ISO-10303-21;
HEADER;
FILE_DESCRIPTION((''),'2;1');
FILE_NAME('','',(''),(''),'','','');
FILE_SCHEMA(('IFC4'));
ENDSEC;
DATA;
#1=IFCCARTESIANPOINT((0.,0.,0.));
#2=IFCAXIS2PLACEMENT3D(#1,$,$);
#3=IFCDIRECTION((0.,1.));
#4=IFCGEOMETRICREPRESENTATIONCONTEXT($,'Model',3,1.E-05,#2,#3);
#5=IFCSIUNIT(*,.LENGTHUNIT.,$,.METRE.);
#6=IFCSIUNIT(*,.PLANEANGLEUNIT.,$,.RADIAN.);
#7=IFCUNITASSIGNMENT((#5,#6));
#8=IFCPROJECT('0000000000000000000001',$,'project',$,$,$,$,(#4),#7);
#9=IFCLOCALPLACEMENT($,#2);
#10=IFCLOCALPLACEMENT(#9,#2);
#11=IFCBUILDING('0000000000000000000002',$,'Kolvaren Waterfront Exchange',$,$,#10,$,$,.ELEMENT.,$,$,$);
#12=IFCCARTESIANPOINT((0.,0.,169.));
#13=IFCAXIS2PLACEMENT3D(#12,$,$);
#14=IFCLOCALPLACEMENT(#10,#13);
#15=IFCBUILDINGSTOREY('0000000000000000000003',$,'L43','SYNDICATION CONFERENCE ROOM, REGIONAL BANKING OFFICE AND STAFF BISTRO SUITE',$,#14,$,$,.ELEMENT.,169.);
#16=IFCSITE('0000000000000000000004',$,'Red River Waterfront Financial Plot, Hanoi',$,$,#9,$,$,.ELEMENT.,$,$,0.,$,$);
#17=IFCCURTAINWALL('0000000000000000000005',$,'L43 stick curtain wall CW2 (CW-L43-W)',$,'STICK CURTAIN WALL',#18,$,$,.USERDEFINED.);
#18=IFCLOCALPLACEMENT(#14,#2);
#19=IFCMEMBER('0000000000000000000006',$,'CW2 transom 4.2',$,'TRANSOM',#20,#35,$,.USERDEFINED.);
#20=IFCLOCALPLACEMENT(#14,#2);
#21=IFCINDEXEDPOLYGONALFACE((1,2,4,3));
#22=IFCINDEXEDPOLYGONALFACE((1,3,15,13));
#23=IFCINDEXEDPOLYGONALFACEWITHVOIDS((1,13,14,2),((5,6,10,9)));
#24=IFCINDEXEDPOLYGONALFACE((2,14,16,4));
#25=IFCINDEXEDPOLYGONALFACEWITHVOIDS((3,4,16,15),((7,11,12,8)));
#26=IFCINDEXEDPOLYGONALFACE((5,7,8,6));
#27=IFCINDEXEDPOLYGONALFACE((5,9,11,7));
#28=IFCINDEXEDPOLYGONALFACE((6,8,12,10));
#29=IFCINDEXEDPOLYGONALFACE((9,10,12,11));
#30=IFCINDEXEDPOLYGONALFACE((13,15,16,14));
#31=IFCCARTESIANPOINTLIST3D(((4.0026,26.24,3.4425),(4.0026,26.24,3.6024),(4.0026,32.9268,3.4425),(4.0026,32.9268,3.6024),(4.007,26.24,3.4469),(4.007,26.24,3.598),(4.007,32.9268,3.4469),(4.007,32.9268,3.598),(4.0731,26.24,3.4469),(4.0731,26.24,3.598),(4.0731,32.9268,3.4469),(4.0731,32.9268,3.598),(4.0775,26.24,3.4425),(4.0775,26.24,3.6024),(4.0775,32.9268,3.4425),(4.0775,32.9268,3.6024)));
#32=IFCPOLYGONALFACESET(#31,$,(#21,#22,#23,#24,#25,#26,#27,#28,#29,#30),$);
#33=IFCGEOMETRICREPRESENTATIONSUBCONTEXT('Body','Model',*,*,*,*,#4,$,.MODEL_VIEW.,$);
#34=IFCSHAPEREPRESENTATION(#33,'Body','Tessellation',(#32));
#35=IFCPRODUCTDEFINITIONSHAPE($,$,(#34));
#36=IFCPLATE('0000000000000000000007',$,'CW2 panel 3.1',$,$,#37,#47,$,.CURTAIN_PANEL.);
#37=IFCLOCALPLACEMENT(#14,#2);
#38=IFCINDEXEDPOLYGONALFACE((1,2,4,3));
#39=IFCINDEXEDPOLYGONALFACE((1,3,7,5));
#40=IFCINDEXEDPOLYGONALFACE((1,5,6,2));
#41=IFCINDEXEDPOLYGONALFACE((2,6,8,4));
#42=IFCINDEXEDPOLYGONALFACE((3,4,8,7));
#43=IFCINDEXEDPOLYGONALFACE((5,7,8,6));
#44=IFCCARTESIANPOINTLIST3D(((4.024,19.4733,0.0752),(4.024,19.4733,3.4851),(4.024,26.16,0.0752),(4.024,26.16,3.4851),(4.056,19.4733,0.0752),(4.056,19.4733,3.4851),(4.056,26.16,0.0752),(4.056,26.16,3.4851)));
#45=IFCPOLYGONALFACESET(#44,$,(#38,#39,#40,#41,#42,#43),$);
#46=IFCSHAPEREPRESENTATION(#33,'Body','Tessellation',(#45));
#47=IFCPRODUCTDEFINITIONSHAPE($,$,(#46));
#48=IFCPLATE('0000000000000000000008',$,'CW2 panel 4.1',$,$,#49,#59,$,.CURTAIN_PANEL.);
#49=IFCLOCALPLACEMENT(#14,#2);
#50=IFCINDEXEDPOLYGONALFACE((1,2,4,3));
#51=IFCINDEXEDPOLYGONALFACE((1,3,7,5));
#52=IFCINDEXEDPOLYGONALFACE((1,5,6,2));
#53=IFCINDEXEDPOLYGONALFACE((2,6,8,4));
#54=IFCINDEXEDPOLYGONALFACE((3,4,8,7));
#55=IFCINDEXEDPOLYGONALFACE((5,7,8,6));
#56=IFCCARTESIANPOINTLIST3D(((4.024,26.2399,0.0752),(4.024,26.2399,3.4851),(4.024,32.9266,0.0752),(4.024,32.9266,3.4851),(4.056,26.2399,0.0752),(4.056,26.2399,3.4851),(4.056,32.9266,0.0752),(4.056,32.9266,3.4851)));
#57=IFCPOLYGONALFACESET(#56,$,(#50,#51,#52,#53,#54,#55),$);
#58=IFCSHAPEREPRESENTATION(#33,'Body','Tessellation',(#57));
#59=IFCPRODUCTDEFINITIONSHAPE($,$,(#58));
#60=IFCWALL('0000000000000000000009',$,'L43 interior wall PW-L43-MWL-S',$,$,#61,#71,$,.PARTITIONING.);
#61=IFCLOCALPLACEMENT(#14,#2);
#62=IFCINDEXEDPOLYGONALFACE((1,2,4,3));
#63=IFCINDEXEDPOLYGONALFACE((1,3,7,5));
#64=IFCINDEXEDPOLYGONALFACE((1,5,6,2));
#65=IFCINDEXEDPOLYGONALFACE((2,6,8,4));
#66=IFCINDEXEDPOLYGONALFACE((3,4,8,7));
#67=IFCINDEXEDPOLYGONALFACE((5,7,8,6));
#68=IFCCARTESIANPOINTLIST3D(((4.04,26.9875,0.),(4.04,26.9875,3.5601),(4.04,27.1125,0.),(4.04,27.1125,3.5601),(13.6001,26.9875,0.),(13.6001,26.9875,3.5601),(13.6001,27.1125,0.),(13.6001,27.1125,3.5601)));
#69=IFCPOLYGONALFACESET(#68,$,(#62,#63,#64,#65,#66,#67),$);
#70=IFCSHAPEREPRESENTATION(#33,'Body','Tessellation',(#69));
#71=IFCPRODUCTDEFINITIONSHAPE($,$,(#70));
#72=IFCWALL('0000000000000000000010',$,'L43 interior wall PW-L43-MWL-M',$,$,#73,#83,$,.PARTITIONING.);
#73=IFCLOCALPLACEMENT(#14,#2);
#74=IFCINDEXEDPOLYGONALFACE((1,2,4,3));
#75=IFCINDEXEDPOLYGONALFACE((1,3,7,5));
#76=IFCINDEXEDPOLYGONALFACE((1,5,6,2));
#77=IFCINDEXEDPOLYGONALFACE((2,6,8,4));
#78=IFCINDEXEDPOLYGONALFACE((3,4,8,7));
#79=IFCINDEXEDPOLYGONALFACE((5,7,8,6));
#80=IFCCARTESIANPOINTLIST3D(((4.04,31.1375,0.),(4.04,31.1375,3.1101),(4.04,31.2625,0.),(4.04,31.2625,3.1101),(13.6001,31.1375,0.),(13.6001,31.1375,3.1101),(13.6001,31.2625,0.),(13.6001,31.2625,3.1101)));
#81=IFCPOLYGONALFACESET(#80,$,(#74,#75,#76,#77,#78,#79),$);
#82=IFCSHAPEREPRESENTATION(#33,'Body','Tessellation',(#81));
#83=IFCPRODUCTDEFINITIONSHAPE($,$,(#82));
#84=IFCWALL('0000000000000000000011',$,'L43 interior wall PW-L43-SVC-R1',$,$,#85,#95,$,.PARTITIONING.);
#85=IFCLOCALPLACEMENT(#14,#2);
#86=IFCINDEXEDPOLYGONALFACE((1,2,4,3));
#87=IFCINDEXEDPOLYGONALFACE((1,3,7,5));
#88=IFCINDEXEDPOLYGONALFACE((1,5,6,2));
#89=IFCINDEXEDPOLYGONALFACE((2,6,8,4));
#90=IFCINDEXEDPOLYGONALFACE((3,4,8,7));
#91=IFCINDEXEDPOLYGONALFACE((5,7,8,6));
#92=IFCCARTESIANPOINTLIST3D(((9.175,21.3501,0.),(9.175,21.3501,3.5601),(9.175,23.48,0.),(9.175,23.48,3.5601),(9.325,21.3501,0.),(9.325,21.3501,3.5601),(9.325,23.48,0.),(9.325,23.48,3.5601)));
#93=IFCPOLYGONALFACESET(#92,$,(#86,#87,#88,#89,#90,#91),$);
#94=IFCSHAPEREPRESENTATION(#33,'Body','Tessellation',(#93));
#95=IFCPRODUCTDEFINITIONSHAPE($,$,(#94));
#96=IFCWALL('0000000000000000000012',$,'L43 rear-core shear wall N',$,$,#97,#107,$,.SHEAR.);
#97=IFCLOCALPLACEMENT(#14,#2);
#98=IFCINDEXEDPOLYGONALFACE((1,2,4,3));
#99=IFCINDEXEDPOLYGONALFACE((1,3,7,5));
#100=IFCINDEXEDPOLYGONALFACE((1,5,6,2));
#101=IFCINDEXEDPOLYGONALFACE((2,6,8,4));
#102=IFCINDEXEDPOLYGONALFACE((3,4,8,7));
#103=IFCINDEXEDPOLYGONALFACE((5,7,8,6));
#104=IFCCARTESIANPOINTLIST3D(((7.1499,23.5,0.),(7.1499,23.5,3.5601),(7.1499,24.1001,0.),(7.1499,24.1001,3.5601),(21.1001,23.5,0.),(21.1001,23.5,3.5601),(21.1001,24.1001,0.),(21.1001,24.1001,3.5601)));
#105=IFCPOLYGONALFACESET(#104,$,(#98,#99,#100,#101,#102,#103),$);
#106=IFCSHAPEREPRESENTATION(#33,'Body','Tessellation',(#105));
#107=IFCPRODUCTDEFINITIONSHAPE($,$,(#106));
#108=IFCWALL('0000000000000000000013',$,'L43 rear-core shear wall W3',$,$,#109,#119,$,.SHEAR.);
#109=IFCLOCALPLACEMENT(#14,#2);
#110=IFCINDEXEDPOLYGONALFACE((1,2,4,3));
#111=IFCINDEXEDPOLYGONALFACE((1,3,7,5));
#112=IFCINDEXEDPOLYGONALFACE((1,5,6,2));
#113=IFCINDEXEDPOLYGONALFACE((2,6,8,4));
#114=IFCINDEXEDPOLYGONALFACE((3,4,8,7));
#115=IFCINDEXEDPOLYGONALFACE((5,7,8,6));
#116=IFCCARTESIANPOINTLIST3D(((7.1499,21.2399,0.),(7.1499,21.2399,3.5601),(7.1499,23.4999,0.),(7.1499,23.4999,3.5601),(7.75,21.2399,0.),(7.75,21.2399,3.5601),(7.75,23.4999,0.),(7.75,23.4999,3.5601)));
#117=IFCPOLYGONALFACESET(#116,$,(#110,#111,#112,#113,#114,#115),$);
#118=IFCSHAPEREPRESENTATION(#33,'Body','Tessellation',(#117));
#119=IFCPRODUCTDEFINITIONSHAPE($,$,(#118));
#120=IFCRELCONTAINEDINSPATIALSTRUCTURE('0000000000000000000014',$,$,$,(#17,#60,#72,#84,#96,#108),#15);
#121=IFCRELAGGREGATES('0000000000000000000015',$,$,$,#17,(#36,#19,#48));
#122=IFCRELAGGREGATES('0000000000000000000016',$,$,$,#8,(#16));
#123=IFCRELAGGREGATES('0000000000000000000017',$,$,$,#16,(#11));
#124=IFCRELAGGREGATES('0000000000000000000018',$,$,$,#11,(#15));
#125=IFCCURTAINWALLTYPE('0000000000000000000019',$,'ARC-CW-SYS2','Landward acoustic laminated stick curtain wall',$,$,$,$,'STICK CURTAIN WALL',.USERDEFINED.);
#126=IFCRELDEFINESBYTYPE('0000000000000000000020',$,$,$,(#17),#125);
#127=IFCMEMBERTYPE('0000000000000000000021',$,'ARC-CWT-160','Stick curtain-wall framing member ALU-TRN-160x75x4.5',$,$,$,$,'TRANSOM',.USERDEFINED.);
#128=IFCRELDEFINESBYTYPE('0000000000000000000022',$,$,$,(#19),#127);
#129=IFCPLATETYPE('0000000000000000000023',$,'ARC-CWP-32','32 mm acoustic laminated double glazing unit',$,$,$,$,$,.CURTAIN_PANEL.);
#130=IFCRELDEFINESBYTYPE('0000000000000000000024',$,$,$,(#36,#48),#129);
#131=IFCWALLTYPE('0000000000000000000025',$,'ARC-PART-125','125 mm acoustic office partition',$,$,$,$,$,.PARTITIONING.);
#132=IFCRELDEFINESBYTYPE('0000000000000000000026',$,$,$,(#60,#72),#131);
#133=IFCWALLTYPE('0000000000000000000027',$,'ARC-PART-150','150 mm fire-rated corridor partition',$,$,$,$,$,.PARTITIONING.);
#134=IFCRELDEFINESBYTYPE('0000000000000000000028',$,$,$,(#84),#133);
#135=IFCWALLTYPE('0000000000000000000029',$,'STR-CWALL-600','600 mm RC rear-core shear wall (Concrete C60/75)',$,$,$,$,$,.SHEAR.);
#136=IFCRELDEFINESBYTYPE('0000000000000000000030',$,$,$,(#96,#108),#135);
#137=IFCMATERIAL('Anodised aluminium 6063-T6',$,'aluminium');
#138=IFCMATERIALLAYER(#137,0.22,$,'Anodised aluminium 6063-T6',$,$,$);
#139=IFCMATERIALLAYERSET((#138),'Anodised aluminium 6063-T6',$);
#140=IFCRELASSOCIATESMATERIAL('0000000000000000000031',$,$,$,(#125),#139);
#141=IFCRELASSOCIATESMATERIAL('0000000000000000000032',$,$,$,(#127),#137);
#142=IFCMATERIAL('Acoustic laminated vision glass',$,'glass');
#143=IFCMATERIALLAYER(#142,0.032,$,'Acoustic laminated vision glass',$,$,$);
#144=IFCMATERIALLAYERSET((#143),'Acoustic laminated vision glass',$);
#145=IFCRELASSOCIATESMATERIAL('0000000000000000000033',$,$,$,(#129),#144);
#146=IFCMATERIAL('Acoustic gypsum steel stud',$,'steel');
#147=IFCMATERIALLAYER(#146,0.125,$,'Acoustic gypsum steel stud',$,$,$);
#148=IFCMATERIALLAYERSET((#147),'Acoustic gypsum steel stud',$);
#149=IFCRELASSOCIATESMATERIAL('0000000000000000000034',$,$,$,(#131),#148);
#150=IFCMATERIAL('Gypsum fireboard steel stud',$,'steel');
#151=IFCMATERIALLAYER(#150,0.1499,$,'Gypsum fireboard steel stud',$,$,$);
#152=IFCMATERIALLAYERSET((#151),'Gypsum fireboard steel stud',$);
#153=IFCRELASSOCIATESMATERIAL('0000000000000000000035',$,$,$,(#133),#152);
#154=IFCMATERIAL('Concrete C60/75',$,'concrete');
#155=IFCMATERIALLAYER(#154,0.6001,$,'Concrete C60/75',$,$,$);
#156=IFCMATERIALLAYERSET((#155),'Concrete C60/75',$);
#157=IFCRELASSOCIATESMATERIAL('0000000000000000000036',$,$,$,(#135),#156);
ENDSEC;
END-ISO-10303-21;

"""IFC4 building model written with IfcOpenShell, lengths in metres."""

from ifc_helpers import new_model, si_unit, direction, frame, frame_2d, origin, origin_with_axes, origin_2d, place, context, subcontext, project, spatial, rectangle, hollow_rectangle, extrude, source, transform, mapped, material, layer, layer_set, material_profile, profile_set, type_object, element, aggregate, save


model = new_model("IFC4")

# Units and contexts
model_context = context("Model", 3, precision=1e-05, world=origin(), true_north=direction((0.0, 1.0)))
body_context = subcontext(model_context, "Body", "Model", "MODEL_VIEW")
ifc_project = project(units=[si_unit("LENGTHUNIT", "METRE"), si_unit("PLANEANGLEUNIT", "RADIAN")], contexts=[model_context])

# Site, building, storey
site_placement = place(None, origin())
site = spatial("IfcSite", under=ifc_project, at=site_placement, Name="Red River Waterfront Financial Plot, Hanoi", CompositionType="ELEMENT", RefElevation=0.0)
building_placement = place(site_placement, origin())
building = spatial("IfcBuilding", under=site, at=building_placement, Name="Kolvaren Waterfront Exchange", CompositionType="ELEMENT")
storey_placement = place(building_placement, frame((0.0, 0.0, 169.0)))
storey = spatial("IfcBuildingStorey", under=building, at=storey_placement, Name="L43", Description="SYNDICATION CONFERENCE ROOM, REGIONAL BANKING OFFICE AND STAFF BISTRO SUITE", CompositionType="ELEMENT", Elevation=169.0)

# Shared definitions
ifc_material_1 = material(Name="Concrete C60/75", Category="concrete")

# Curtain wall, member, plates
ifc_material_2 = material(Name="Anodised aluminium 6063-T6", Category="aluminium")
ifc_layer_1 = layer(ifc_material_2, 0.22, Name="Anodised aluminium 6063-T6")
ifc_layer_set_1 = layer_set([ifc_layer_1], Name="Anodised aluminium 6063-T6")
curtain_wall_type = type_object("IfcCurtainWallType", Name="ARC-CW-SYS2", Description="Landward acoustic laminated stick curtain wall", ElementType="STICK CURTAIN WALL", PredefinedType="USERDEFINED", material=ifc_layer_set_1)
curtain_wall_placement = place(storey_placement, origin())
curtain_wall = element("IfcCurtainWall", 1, at=curtain_wall_placement, inside=storey, type_object=curtain_wall_type, Name="L43 stick curtain wall CW2 (CW-L43-W)", ObjectType="STICK CURTAIN WALL", PredefinedType="USERDEFINED")
ifc_material_profile_1 = material_profile(ifc_material_2, hollow_rectangle(XDim=0.075, YDim=0.1599, WallThickness=0.0044, at=origin_2d()), Name="ALU-TRN-160x75x4.5")
ifc_profile_set_1 = profile_set([ifc_material_profile_1], Name="Anodised aluminium 6063-T6")
member_type_1 = type_object("IfcMemberType", Name="ARC-CWT-160", Description="Stick curtain-wall framing member ALU-TRN-160x75x4.5", ElementType="TRANSOM", PredefinedType="USERDEFINED", material=ifc_profile_set_1)
shared_shape_1 = source(origin_with_axes(), body_context, "Body", "SweptSolid", [
    extrude(hollow_rectangle(XDim=0.075, YDim=0.1599, WallThickness=0.0044, at=origin_2d()), origin(), (0.0, 0.0, 1.0), 6.6868),
])
member_1_placement = place(storey_placement, frame((4.04, 26.24, 3.5225), z_axis=(0.0, 1.0, 0.0), x_axis=(-1.0, 0.0, 0.0)))
member_1 = element("IfcMember", 2, at=member_1_placement, type_object=member_type_1, Name="CW2 transom 4.2", ObjectType="TRANSOM", PredefinedType="USERDEFINED", context=body_context, shape_type="MappedRepresentation", body=[
    mapped(shared_shape_1, transform((0.0, 0.0, 0.0), x_axis=(1.0, 0.0, 0.0), y_axis=(0.0, 1.0, 0.0), z_axis=(0.0, 0.0, 1.0), scale=1.0)),
])
ifc_material_3 = material(Name="Acoustic laminated vision glass", Category="glass")
ifc_layer_2 = layer(ifc_material_3, 0.032, Name="Acoustic laminated vision glass")
ifc_layer_set_2 = layer_set([ifc_layer_2], Name="Acoustic laminated vision glass")
plate_type = type_object("IfcPlateType", Name="ARC-CWP-32", Description="32 mm acoustic laminated double glazing unit", PredefinedType="CURTAIN_PANEL", material=ifc_layer_set_2)
shared_shape_2 = source(origin_with_axes(), body_context, "Body", "SweptSolid", [
    extrude(rectangle(XDim=6.6868, YDim=0.032, at=origin_2d()), origin(), (0.0, 0.0, 1.0), 3.4099),
])
plate_1_placement = place(storey_placement, frame((4.04, 22.8167, 0.0752), z_axis=(0.0, 0.0, 1.0), x_axis=(0.0, 1.0, 0.0)))
plate_1 = element("IfcPlate", 3, at=plate_1_placement, type_object=plate_type, Name="CW2 panel 3.1", PredefinedType="CURTAIN_PANEL", context=body_context, shape_type="MappedRepresentation", body=[
    mapped(shared_shape_2, transform((0.0, 0.0, 0.0), x_axis=(1.0, 0.0, 0.0), y_axis=(0.0, 1.0, 0.0), z_axis=(0.0, 0.0, 1.0), scale=1.0)),
])
plate_2_placement = place(storey_placement, frame((4.04, 29.5833, 0.0752), z_axis=(0.0, 0.0, 1.0), x_axis=(0.0, 1.0, 0.0)))
plate_2 = element("IfcPlate", 4, at=plate_2_placement, type_object=plate_type, Name="CW2 panel 4.1", PredefinedType="CURTAIN_PANEL", context=body_context, shape_type="MappedRepresentation", body=[
    mapped(shared_shape_2, transform((0.0, 0.0, 0.0), x_axis=(1.0, 0.0, 0.0), y_axis=(0.0, 1.0, 0.0), z_axis=(0.0, 0.0, 1.0), scale=1.0)),
])
aggregate(curtain_wall, [plate_1, member_1, plate_2])

# Shared definitions
ifc_material_4 = material(Name="Acoustic gypsum steel stud", Category="steel")
ifc_layer_3 = layer(ifc_material_4, 0.125, Name="Acoustic gypsum steel stud")
ifc_layer_set_3 = layer_set([ifc_layer_3], Name="Acoustic gypsum steel stud")
wall_type_1 = type_object("IfcWallType", Name="ARC-PART-125", Description="125 mm acoustic office partition", PredefinedType="PARTITIONING", material=ifc_layer_set_3)

# Walls
wall_1_placement = place(storey_placement, frame((4.04, 27.05, 0.0), z_axis=(0.0, 0.0, 1.0), x_axis=(1.0, 0.0, 0.0)))
element("IfcWall", 5, at=wall_1_placement, inside=storey, type_object=wall_type_1, Name="L43 interior wall PW-L43-MWL-S", PredefinedType="PARTITIONING", context=body_context, shape_type="SweptSolid", body=[
    extrude(rectangle(XDim=9.5601, YDim=0.125, at=frame_2d((4.78, 0.0))), origin(), (0.0, 0.0, 1.0), 3.5601),
])
wall_2_placement = place(storey_placement, frame((4.04, 31.2, 0.0), z_axis=(0.0, 0.0, 1.0), x_axis=(1.0, 0.0, 0.0)))
element("IfcWall", 6, at=wall_2_placement, inside=storey, type_object=wall_type_1, Name="L43 interior wall PW-L43-MWL-M", PredefinedType="PARTITIONING", context=body_context, shape_type="SweptSolid", body=[
    extrude(rectangle(XDim=9.5601, YDim=0.125, at=frame_2d((4.78, 0.0))), origin(), (0.0, 0.0, 1.0), 3.1101),
])
ifc_material_5 = material(Name="Gypsum fireboard steel stud", Category="steel")
ifc_layer_4 = layer(ifc_material_5, 0.1499, Name="Gypsum fireboard steel stud")
ifc_layer_set_4 = layer_set([ifc_layer_4], Name="Gypsum fireboard steel stud")
wall_type_2 = type_object("IfcWallType", Name="ARC-PART-150", Description="150 mm fire-rated corridor partition", PredefinedType="PARTITIONING", material=ifc_layer_set_4)
wall_3_placement = place(storey_placement, frame((9.25, 21.3501, 0.0), z_axis=(0.0, 0.0, 1.0), x_axis=(0.0, 1.0, 0.0)))
element("IfcWall", 7, at=wall_3_placement, inside=storey, type_object=wall_type_2, Name="L43 interior wall PW-L43-SVC-R1", PredefinedType="PARTITIONING", context=body_context, shape_type="SweptSolid", body=[
    extrude(rectangle(XDim=2.1299, YDim=0.1499, at=frame_2d((1.0649, 0.0))), origin(), (0.0, 0.0, 1.0), 3.5601),
])

# Walls
ifc_layer_5 = layer(ifc_material_1, 0.6001, Name="Concrete C60/75")
ifc_layer_set_5 = layer_set([ifc_layer_5], Name="Concrete C60/75")
wall_type_3 = type_object("IfcWallType", Name="STR-CWALL-600", Description="600 mm RC rear-core shear wall (Concrete C60/75)", PredefinedType="SHEAR", material=ifc_layer_set_5)
wall_4_placement = place(storey_placement, frame((7.1499, 23.8, 0.0), z_axis=(0.0, 0.0, 1.0), x_axis=(1.0, 0.0, 0.0)))
element("IfcWall", 8, at=wall_4_placement, inside=storey, type_object=wall_type_3, Name="L43 rear-core shear wall N", PredefinedType="SHEAR", context=body_context, shape_type="SweptSolid", body=[
    extrude(rectangle(XDim=13.9502, YDim=0.6001, at=frame_2d((6.9751, 0.0))), origin(), (0.0, 0.0, 1.0), 3.5601),
])
wall_5_placement = place(storey_placement, frame((7.45, 21.24, 0.0), z_axis=(0.0, 0.0, 1.0), x_axis=(0.0, 1.0, 0.0)))
element("IfcWall", 9, at=wall_5_placement, inside=storey, type_object=wall_type_3, Name="L43 rear-core shear wall W3", PredefinedType="SHEAR", context=body_context, shape_type="SweptSolid", body=[
    extrude(rectangle(XDim=2.26, YDim=0.6001, at=frame_2d((1.1299, 0.0))), origin(), (0.0, 0.0, 1.0), 3.5601),
])

save(model, "model.ifc")
